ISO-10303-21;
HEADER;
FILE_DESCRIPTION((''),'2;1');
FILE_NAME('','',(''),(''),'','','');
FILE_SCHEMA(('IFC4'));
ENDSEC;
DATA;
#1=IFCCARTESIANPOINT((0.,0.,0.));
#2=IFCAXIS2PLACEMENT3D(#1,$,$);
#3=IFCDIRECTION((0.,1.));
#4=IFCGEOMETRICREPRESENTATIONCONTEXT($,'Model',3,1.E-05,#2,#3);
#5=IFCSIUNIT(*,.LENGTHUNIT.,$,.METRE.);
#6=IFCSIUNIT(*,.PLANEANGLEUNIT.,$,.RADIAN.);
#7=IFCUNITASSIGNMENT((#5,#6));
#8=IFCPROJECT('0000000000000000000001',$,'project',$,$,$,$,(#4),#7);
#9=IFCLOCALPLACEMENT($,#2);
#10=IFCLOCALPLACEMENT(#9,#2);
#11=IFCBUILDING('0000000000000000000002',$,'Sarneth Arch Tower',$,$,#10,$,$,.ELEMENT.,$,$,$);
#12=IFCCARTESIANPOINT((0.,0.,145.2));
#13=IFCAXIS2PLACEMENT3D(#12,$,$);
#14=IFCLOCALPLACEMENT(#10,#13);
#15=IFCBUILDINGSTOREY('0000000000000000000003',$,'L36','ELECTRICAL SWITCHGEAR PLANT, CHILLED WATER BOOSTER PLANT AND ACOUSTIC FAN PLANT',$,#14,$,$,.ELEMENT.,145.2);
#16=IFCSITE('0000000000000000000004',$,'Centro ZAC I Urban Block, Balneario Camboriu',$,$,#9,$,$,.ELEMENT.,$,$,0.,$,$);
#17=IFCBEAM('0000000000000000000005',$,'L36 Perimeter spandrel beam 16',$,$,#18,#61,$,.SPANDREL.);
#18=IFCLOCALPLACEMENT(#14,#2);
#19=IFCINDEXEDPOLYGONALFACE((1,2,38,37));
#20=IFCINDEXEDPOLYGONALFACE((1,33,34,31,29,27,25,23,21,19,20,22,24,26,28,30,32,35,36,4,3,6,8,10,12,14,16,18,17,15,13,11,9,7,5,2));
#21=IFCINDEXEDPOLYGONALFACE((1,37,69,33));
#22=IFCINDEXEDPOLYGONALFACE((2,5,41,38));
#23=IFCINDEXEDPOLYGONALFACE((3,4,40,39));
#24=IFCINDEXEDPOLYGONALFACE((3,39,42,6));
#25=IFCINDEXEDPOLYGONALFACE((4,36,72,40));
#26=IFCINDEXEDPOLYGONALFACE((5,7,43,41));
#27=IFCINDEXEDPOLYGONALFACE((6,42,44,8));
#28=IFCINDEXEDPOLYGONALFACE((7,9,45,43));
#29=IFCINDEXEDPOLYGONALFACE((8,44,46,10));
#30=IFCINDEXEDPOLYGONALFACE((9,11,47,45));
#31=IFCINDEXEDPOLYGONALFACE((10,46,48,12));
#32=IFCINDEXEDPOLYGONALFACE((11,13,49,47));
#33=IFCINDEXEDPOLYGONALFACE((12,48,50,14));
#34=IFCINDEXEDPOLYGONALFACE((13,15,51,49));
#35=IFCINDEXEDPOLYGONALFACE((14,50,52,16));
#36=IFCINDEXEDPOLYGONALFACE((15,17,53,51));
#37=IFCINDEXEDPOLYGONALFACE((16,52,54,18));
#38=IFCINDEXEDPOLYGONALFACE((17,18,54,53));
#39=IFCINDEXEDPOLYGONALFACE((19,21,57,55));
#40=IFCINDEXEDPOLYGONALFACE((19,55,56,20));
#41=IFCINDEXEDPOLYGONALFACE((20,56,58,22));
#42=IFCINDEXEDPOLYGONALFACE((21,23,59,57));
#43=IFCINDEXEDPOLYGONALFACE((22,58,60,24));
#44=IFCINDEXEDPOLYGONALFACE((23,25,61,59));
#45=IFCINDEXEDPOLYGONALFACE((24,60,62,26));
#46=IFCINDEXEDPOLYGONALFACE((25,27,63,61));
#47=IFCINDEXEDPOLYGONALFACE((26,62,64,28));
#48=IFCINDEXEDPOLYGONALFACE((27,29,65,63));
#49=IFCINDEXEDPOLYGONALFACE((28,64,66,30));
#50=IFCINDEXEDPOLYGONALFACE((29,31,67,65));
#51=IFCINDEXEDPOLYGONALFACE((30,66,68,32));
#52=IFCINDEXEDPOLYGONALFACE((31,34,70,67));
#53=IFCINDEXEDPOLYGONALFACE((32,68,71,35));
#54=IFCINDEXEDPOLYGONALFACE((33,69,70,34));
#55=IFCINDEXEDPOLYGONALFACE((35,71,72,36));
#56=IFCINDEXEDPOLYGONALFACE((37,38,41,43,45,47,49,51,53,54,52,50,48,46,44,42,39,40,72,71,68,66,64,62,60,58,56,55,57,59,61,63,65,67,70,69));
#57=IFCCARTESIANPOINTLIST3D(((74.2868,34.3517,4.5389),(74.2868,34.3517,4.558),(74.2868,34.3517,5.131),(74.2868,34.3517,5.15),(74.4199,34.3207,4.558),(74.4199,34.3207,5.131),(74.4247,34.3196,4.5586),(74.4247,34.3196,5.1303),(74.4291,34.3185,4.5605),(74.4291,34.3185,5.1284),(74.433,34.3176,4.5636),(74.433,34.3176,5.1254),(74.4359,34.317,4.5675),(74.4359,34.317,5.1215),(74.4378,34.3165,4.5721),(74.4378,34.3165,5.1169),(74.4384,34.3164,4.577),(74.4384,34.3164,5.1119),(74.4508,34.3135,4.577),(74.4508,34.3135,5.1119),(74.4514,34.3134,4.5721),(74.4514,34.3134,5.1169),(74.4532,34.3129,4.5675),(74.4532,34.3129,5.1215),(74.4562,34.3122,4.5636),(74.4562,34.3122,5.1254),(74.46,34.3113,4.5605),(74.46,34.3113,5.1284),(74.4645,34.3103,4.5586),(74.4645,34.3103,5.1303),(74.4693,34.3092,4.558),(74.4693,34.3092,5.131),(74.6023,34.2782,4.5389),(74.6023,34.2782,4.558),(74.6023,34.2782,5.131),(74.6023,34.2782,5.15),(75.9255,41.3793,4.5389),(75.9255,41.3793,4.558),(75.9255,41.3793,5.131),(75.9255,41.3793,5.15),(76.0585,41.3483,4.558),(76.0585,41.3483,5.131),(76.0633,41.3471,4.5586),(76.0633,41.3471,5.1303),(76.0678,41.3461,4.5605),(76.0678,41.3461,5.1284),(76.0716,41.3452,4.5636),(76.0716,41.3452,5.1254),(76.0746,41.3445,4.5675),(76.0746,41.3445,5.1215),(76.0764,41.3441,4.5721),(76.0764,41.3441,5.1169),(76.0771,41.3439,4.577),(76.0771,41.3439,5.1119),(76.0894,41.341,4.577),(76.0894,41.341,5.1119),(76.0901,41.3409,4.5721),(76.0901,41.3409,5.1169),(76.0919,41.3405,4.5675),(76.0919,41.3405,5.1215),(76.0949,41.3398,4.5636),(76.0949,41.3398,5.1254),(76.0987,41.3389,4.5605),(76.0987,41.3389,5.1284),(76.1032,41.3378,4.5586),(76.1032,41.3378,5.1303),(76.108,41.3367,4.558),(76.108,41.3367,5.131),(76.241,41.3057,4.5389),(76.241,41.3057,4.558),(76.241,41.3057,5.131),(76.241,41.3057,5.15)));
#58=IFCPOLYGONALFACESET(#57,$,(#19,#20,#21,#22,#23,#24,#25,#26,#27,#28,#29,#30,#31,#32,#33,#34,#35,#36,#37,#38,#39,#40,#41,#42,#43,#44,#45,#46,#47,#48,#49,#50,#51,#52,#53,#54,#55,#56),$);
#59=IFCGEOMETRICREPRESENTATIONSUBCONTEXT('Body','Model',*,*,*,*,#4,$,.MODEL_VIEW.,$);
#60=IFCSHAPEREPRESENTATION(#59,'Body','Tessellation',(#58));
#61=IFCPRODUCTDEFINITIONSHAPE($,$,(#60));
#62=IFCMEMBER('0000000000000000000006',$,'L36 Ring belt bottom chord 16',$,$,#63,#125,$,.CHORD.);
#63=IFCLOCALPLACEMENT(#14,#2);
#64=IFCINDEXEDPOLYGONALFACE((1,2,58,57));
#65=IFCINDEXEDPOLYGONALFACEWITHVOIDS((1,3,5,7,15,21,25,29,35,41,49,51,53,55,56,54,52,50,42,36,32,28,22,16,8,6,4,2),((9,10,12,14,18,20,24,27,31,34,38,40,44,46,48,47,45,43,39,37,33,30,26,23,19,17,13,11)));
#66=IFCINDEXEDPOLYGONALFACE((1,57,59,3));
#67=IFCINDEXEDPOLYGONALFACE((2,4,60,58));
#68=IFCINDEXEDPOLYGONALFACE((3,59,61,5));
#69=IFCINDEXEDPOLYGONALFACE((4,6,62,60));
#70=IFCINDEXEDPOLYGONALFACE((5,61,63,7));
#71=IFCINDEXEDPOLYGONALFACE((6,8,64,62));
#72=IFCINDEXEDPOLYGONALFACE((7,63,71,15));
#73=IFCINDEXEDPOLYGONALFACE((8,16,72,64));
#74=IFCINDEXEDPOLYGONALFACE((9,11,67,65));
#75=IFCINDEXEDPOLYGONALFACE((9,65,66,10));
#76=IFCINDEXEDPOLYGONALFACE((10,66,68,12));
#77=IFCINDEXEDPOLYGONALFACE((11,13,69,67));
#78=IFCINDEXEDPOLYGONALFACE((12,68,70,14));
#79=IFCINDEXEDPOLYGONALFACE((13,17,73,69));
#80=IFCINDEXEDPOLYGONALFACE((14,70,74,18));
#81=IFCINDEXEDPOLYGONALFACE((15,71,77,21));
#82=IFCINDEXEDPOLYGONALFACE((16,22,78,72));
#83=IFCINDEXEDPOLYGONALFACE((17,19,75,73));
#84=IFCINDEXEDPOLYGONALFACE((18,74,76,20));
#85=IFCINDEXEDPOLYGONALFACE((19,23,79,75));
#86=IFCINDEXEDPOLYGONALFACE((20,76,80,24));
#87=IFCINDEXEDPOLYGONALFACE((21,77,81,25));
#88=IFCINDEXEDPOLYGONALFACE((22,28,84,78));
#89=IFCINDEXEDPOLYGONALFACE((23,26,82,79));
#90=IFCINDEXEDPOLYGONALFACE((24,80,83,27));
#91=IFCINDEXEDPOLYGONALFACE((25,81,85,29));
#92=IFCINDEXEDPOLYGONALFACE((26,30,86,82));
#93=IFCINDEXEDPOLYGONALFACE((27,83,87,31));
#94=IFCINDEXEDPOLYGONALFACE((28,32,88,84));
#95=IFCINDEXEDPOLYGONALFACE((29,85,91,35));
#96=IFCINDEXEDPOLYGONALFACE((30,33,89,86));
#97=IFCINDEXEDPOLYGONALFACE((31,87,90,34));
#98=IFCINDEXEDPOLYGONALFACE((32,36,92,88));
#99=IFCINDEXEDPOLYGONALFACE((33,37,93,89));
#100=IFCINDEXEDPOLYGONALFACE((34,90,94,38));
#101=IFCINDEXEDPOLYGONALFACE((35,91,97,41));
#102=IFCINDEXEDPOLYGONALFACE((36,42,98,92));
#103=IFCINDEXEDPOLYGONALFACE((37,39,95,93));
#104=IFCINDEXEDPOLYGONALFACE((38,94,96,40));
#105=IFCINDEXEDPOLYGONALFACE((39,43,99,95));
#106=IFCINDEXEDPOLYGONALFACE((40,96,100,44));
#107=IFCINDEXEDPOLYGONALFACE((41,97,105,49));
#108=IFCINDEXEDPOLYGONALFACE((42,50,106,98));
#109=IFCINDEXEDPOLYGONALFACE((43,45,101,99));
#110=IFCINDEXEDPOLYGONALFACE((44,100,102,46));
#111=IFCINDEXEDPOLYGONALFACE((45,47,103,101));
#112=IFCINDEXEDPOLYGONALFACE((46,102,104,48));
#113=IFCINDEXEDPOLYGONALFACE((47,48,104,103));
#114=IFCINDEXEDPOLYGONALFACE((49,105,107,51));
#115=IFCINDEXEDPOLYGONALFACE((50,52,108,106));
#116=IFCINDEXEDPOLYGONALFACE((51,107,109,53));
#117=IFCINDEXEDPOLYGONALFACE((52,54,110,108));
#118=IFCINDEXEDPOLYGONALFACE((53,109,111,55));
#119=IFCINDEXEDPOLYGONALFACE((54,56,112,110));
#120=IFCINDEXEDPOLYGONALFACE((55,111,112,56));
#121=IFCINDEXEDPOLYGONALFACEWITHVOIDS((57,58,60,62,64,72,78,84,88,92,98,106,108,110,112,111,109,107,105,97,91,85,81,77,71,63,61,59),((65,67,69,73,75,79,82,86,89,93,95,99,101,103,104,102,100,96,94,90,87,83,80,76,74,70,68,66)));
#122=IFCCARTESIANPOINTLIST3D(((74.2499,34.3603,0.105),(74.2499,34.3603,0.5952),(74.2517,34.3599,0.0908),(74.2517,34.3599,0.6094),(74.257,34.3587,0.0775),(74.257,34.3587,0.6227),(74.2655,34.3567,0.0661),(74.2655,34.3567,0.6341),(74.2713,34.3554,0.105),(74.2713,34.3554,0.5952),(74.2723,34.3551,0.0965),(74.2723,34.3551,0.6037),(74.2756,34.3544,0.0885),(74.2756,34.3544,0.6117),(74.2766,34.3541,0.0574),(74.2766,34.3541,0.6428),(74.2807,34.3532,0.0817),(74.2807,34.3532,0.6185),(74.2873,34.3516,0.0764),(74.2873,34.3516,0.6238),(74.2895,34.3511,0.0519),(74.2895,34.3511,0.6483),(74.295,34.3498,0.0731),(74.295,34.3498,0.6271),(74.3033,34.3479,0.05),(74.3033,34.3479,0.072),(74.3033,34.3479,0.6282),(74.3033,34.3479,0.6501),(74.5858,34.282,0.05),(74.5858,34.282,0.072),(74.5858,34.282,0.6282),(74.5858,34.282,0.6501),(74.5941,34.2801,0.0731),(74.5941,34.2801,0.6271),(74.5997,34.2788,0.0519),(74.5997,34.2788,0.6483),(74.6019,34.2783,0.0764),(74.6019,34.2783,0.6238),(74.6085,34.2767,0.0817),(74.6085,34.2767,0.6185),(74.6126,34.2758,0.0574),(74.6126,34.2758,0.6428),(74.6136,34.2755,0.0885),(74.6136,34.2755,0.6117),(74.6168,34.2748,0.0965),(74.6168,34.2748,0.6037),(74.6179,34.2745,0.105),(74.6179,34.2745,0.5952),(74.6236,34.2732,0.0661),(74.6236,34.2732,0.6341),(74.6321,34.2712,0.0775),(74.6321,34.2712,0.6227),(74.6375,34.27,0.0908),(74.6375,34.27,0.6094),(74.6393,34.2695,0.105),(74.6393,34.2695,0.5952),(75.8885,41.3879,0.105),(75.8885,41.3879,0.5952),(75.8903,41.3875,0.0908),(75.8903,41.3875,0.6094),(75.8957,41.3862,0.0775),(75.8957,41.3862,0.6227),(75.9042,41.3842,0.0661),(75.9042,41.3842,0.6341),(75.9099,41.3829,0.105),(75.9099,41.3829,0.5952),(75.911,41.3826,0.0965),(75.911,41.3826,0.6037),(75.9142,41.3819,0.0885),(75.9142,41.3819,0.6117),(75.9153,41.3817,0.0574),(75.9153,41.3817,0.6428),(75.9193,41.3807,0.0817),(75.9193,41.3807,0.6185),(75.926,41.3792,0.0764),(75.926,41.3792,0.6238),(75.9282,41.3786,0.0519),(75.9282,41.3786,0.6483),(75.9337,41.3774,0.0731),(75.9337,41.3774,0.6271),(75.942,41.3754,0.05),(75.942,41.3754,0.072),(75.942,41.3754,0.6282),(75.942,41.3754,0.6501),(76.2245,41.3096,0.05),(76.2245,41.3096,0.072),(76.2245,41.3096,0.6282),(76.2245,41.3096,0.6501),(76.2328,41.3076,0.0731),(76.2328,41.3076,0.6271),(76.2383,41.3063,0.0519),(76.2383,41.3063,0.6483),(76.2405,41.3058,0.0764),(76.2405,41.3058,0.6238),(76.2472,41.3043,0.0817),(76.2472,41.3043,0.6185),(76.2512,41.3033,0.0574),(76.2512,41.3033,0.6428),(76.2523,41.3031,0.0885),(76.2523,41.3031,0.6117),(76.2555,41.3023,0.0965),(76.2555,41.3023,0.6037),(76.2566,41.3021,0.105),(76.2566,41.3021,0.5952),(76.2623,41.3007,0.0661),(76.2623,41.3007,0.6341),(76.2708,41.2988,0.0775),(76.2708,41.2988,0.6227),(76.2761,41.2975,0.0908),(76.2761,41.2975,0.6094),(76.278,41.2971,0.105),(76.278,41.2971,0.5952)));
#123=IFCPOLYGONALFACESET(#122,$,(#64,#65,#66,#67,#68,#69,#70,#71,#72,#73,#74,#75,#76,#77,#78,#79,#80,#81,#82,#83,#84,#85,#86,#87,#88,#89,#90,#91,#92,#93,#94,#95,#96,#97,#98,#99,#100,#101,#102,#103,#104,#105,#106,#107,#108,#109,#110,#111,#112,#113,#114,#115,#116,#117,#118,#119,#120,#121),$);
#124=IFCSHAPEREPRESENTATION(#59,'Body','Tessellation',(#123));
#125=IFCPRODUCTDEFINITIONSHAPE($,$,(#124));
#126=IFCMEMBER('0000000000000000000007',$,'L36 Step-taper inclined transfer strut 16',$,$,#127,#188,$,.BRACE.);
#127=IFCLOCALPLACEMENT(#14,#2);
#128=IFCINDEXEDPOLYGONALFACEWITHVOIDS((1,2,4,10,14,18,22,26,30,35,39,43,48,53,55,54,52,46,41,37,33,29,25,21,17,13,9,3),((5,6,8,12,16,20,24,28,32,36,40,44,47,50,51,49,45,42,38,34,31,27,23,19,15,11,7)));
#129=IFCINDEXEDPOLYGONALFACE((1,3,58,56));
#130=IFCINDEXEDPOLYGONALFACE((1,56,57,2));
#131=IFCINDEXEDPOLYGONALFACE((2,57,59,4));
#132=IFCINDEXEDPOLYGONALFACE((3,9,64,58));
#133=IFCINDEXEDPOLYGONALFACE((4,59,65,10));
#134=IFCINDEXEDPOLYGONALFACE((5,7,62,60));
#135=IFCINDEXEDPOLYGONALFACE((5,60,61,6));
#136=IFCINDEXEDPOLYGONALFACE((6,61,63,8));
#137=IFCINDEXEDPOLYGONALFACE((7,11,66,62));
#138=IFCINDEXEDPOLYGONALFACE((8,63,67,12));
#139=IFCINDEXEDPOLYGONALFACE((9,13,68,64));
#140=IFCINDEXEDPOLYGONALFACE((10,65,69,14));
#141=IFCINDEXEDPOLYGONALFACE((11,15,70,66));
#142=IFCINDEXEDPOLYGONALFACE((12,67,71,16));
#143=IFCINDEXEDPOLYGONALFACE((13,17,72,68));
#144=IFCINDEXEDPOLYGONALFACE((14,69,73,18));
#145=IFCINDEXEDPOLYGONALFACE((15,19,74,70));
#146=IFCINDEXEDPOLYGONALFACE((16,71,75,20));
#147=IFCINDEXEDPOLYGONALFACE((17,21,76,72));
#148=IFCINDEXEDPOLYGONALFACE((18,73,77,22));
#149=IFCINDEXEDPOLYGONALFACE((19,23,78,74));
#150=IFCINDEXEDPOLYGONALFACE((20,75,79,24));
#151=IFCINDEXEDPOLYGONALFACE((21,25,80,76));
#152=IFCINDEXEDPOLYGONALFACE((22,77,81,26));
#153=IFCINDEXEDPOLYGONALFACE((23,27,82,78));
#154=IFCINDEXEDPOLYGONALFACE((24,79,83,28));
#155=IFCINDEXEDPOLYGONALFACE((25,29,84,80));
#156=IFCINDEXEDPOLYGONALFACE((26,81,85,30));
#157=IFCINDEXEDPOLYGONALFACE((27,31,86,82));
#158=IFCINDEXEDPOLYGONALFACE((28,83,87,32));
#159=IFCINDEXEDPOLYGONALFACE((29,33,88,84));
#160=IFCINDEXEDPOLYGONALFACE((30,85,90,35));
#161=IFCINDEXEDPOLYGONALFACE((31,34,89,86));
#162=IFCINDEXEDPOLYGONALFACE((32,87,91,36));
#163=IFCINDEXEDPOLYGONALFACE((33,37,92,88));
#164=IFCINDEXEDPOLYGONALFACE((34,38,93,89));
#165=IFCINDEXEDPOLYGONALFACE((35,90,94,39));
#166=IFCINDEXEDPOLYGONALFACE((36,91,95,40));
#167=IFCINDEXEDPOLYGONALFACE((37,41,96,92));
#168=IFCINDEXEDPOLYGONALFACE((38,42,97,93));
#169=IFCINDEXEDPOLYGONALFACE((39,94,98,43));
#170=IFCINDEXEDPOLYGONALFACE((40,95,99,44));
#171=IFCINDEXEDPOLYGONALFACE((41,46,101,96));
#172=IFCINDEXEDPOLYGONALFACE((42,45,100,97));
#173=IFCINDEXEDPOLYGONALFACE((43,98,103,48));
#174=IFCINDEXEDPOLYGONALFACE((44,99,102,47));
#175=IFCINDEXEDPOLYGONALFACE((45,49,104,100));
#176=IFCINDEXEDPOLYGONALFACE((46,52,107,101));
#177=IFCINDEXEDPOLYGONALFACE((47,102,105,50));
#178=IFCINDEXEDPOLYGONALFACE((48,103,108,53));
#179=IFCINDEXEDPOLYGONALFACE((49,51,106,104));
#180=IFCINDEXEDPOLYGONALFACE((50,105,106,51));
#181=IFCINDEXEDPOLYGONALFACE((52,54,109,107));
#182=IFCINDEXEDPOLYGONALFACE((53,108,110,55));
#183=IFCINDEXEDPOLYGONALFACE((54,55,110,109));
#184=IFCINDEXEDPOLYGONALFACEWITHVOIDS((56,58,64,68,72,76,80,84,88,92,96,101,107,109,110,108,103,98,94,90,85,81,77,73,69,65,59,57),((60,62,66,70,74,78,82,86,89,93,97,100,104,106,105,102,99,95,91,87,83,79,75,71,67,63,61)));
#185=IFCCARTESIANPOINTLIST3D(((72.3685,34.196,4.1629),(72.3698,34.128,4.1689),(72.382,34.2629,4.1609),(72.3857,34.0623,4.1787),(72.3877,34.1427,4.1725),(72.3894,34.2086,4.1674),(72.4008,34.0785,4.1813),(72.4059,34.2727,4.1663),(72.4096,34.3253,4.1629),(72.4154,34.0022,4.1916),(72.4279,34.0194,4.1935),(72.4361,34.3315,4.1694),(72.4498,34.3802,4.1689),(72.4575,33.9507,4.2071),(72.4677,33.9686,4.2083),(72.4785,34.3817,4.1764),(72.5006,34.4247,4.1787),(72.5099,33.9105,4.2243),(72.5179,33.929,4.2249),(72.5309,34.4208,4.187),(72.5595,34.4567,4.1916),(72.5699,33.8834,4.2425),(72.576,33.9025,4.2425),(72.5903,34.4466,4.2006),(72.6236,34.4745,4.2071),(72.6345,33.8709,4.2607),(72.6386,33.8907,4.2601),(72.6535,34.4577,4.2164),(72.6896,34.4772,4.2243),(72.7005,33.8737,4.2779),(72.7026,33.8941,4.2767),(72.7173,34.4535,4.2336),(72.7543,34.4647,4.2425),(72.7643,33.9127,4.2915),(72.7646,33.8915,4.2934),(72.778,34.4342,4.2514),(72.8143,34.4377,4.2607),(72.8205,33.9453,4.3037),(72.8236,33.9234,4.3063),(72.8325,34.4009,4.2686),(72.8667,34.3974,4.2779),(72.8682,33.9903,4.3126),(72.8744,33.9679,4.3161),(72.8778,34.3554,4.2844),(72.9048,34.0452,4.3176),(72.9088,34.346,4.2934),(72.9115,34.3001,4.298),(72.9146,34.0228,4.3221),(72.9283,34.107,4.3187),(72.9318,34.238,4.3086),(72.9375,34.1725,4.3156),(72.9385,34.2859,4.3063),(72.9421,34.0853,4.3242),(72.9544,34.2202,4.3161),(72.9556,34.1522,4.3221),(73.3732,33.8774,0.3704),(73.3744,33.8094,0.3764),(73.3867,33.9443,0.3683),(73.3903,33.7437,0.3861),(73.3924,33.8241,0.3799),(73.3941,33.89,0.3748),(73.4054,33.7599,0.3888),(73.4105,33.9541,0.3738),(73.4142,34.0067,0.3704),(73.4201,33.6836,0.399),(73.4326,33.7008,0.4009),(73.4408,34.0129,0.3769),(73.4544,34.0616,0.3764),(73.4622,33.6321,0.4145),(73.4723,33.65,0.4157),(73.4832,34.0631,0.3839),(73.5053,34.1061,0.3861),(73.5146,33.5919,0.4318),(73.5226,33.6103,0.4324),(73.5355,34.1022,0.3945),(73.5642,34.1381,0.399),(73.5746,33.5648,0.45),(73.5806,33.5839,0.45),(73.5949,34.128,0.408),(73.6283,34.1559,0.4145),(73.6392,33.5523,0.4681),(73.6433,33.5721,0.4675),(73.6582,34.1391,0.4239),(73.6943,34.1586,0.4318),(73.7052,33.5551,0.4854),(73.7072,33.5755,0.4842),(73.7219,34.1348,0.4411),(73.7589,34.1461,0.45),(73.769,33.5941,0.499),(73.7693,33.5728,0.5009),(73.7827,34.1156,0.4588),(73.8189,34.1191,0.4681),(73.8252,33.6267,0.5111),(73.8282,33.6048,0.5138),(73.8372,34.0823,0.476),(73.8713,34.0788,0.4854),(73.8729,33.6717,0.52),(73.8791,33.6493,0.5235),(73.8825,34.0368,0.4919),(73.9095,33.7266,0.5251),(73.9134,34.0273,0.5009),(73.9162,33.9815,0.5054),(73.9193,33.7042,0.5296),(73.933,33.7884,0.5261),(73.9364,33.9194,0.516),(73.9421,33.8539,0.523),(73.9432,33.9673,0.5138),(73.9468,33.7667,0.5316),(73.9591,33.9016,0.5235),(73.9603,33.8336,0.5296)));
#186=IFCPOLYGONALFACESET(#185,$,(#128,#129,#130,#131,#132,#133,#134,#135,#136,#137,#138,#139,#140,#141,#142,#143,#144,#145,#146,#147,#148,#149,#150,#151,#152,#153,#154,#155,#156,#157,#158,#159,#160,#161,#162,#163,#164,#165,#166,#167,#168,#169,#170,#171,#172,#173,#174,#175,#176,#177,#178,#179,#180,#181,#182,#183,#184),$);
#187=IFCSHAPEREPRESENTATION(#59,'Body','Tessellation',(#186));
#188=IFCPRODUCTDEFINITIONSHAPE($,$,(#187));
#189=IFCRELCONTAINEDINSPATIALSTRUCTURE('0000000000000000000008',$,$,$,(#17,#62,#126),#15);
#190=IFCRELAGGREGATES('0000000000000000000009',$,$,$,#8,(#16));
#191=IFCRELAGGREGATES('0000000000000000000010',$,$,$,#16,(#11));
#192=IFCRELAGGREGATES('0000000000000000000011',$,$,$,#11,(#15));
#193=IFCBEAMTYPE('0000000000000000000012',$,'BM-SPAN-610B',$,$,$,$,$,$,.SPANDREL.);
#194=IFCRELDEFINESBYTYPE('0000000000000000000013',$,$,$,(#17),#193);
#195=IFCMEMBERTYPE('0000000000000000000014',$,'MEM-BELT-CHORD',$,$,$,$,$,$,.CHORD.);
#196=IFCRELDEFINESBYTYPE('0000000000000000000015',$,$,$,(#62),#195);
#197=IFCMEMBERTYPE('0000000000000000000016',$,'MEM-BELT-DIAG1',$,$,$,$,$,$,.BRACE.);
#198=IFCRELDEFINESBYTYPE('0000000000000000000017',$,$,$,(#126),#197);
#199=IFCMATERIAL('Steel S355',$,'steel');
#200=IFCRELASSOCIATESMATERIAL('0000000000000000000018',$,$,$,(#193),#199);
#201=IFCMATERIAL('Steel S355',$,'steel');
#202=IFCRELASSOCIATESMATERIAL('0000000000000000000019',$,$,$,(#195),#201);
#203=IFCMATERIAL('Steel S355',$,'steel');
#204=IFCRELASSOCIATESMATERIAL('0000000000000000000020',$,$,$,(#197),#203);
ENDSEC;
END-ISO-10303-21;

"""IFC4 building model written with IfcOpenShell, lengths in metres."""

from ifc_helpers import new_model, si_unit, direction, frame, origin, origin_2d, place, context, subcontext, project, spatial, hollow_rectangle, hollow_circle, i_section, extrude, material, material_profile, profile_set, type_object, element, save


model = new_model("IFC4")

# Units and contexts
model_context = context("Model", 3, precision=1e-05, world=origin(), true_north=direction((0.0, 1.0)))
body_context = subcontext(model_context, "Body", "Model", "MODEL_VIEW")
ifc_project = project(units=[si_unit("LENGTHUNIT", "METRE"), si_unit("PLANEANGLEUNIT", "RADIAN")], contexts=[model_context])

# Site, building, storey
site_placement = place(None, origin())
site = spatial("IfcSite", under=ifc_project, at=site_placement, Name="Centro ZAC I Urban Block, Balneario Camboriu", CompositionType="ELEMENT", RefElevation=0.0)
building_placement = place(site_placement, origin())
building = spatial("IfcBuilding", under=site, at=building_placement, Name="Sarneth Arch Tower", CompositionType="ELEMENT")
storey_placement = place(building_placement, frame((0.0, 0.0, 145.2)))
storey = spatial("IfcBuildingStorey", under=building, at=storey_placement, Name="L36", Description="ELECTRICAL SWITCHGEAR PLANT, CHILLED WATER BOOSTER PLANT AND ACOUSTIC FAN PLANT", CompositionType="ELEMENT", Elevation=145.2)

# Beam
ifc_material_1 = material(Name="Steel S355", Category="steel")
ifc_material_profile_1 = material_profile(ifc_material_1, i_section(OverallWidth=0.324, OverallDepth=0.6111, WebThickness=0.0127, FlangeThickness=0.019, FilletRadius=0.019, at=origin_2d()), Name="W610x155")
ifc_profile_set_1 = profile_set([ifc_material_profile_1], Name="Steel S355")
beam_type_1 = type_object("IfcBeamType", Name="BM-SPAN-610B", PredefinedType="SPANDREL", material=ifc_profile_set_1)
beam_1_placement = place(storey_placement, frame((74.4446, 34.3149, 4.8445), z_axis=(0.227085, 0.973875, 0.0), x_axis=(-0.973875, 0.227085, 0.0)))
element("IfcBeam", 1, at=beam_1_placement, inside=storey, type_object=beam_type_1, Name="L36 Perimeter spandrel beam 16", PredefinedType="SPANDREL", context=body_context, shape_type="SweptSolid", body=[
    extrude(i_section(OverallWidth=0.324, OverallDepth=0.6111, WebThickness=0.0127, FlangeThickness=0.019, FilletRadius=0.019, at=origin_2d()), origin(), (0.0, 0.0, 1.0), 7.2161),
])

# Members
ifc_material_2 = material(Name="Steel S355", Category="steel")
ifc_material_profile_2 = material_profile(ifc_material_2, hollow_rectangle(XDim=0.3999, YDim=0.6001, WallThickness=0.022, InnerFilletRadius=0.033, OuterFilletRadius=0.0549, at=origin_2d()), Name="RHS600x400x22")
ifc_profile_set_2 = profile_set([ifc_material_profile_2], Name="Steel S355")
member_type_1 = type_object("IfcMemberType", Name="MEM-BELT-CHORD", PredefinedType="CHORD", material=ifc_profile_set_2)
member_1_placement = place(storey_placement, frame((74.4446, 34.3149, 0.3501), z_axis=(0.227085, 0.973875, 0.0), x_axis=(-0.973875, 0.227085, 0.0)))
element("IfcMember", 2, at=member_1_placement, inside=storey, type_object=member_type_1, Name="L36 Ring belt bottom chord 16", PredefinedType="CHORD", context=body_context, shape_type="SweptSolid", body=[
    extrude(hollow_rectangle(XDim=0.3999, YDim=0.6001, WallThickness=0.022, InnerFilletRadius=0.033, OuterFilletRadius=0.0549, at=origin_2d()), origin(), (0.0, 0.0, 1.0), 7.2161),
])
ifc_material_3 = material(Name="Steel S355", Category="steel")
ifc_material_profile_3 = material_profile(ifc_material_3, hollow_circle(Radius=0.3049, WallThickness=0.02, at=origin_2d()), Name="CHS610x20")
ifc_profile_set_3 = profile_set([ifc_material_profile_3], Name="Steel S355")
member_type_2 = type_object("IfcMemberType", Name="MEM-BELT-DIAG1", PredefinedType="BRACE", material=ifc_profile_set_3)
member_2_placement = place(storey_placement, frame((73.6667, 33.8555, 0.45), z_axis=(-0.25523, 0.080942, 0.963486), x_axis=(-0.302295, -0.953214, 0.0)))
element("IfcMember", 3, at=member_2_placement, inside=storey, type_object=member_type_2, Name="L36 Step-taper inclined transfer strut 16", PredefinedType="BRACE", context=body_context, shape_type="SweptSolid", body=[
    extrude(hollow_circle(Radius=0.3049, WallThickness=0.02, at=origin_2d()), origin(), (0.0, 0.0, 1.0), 3.9363),
])

save(model, "model.ifc")
